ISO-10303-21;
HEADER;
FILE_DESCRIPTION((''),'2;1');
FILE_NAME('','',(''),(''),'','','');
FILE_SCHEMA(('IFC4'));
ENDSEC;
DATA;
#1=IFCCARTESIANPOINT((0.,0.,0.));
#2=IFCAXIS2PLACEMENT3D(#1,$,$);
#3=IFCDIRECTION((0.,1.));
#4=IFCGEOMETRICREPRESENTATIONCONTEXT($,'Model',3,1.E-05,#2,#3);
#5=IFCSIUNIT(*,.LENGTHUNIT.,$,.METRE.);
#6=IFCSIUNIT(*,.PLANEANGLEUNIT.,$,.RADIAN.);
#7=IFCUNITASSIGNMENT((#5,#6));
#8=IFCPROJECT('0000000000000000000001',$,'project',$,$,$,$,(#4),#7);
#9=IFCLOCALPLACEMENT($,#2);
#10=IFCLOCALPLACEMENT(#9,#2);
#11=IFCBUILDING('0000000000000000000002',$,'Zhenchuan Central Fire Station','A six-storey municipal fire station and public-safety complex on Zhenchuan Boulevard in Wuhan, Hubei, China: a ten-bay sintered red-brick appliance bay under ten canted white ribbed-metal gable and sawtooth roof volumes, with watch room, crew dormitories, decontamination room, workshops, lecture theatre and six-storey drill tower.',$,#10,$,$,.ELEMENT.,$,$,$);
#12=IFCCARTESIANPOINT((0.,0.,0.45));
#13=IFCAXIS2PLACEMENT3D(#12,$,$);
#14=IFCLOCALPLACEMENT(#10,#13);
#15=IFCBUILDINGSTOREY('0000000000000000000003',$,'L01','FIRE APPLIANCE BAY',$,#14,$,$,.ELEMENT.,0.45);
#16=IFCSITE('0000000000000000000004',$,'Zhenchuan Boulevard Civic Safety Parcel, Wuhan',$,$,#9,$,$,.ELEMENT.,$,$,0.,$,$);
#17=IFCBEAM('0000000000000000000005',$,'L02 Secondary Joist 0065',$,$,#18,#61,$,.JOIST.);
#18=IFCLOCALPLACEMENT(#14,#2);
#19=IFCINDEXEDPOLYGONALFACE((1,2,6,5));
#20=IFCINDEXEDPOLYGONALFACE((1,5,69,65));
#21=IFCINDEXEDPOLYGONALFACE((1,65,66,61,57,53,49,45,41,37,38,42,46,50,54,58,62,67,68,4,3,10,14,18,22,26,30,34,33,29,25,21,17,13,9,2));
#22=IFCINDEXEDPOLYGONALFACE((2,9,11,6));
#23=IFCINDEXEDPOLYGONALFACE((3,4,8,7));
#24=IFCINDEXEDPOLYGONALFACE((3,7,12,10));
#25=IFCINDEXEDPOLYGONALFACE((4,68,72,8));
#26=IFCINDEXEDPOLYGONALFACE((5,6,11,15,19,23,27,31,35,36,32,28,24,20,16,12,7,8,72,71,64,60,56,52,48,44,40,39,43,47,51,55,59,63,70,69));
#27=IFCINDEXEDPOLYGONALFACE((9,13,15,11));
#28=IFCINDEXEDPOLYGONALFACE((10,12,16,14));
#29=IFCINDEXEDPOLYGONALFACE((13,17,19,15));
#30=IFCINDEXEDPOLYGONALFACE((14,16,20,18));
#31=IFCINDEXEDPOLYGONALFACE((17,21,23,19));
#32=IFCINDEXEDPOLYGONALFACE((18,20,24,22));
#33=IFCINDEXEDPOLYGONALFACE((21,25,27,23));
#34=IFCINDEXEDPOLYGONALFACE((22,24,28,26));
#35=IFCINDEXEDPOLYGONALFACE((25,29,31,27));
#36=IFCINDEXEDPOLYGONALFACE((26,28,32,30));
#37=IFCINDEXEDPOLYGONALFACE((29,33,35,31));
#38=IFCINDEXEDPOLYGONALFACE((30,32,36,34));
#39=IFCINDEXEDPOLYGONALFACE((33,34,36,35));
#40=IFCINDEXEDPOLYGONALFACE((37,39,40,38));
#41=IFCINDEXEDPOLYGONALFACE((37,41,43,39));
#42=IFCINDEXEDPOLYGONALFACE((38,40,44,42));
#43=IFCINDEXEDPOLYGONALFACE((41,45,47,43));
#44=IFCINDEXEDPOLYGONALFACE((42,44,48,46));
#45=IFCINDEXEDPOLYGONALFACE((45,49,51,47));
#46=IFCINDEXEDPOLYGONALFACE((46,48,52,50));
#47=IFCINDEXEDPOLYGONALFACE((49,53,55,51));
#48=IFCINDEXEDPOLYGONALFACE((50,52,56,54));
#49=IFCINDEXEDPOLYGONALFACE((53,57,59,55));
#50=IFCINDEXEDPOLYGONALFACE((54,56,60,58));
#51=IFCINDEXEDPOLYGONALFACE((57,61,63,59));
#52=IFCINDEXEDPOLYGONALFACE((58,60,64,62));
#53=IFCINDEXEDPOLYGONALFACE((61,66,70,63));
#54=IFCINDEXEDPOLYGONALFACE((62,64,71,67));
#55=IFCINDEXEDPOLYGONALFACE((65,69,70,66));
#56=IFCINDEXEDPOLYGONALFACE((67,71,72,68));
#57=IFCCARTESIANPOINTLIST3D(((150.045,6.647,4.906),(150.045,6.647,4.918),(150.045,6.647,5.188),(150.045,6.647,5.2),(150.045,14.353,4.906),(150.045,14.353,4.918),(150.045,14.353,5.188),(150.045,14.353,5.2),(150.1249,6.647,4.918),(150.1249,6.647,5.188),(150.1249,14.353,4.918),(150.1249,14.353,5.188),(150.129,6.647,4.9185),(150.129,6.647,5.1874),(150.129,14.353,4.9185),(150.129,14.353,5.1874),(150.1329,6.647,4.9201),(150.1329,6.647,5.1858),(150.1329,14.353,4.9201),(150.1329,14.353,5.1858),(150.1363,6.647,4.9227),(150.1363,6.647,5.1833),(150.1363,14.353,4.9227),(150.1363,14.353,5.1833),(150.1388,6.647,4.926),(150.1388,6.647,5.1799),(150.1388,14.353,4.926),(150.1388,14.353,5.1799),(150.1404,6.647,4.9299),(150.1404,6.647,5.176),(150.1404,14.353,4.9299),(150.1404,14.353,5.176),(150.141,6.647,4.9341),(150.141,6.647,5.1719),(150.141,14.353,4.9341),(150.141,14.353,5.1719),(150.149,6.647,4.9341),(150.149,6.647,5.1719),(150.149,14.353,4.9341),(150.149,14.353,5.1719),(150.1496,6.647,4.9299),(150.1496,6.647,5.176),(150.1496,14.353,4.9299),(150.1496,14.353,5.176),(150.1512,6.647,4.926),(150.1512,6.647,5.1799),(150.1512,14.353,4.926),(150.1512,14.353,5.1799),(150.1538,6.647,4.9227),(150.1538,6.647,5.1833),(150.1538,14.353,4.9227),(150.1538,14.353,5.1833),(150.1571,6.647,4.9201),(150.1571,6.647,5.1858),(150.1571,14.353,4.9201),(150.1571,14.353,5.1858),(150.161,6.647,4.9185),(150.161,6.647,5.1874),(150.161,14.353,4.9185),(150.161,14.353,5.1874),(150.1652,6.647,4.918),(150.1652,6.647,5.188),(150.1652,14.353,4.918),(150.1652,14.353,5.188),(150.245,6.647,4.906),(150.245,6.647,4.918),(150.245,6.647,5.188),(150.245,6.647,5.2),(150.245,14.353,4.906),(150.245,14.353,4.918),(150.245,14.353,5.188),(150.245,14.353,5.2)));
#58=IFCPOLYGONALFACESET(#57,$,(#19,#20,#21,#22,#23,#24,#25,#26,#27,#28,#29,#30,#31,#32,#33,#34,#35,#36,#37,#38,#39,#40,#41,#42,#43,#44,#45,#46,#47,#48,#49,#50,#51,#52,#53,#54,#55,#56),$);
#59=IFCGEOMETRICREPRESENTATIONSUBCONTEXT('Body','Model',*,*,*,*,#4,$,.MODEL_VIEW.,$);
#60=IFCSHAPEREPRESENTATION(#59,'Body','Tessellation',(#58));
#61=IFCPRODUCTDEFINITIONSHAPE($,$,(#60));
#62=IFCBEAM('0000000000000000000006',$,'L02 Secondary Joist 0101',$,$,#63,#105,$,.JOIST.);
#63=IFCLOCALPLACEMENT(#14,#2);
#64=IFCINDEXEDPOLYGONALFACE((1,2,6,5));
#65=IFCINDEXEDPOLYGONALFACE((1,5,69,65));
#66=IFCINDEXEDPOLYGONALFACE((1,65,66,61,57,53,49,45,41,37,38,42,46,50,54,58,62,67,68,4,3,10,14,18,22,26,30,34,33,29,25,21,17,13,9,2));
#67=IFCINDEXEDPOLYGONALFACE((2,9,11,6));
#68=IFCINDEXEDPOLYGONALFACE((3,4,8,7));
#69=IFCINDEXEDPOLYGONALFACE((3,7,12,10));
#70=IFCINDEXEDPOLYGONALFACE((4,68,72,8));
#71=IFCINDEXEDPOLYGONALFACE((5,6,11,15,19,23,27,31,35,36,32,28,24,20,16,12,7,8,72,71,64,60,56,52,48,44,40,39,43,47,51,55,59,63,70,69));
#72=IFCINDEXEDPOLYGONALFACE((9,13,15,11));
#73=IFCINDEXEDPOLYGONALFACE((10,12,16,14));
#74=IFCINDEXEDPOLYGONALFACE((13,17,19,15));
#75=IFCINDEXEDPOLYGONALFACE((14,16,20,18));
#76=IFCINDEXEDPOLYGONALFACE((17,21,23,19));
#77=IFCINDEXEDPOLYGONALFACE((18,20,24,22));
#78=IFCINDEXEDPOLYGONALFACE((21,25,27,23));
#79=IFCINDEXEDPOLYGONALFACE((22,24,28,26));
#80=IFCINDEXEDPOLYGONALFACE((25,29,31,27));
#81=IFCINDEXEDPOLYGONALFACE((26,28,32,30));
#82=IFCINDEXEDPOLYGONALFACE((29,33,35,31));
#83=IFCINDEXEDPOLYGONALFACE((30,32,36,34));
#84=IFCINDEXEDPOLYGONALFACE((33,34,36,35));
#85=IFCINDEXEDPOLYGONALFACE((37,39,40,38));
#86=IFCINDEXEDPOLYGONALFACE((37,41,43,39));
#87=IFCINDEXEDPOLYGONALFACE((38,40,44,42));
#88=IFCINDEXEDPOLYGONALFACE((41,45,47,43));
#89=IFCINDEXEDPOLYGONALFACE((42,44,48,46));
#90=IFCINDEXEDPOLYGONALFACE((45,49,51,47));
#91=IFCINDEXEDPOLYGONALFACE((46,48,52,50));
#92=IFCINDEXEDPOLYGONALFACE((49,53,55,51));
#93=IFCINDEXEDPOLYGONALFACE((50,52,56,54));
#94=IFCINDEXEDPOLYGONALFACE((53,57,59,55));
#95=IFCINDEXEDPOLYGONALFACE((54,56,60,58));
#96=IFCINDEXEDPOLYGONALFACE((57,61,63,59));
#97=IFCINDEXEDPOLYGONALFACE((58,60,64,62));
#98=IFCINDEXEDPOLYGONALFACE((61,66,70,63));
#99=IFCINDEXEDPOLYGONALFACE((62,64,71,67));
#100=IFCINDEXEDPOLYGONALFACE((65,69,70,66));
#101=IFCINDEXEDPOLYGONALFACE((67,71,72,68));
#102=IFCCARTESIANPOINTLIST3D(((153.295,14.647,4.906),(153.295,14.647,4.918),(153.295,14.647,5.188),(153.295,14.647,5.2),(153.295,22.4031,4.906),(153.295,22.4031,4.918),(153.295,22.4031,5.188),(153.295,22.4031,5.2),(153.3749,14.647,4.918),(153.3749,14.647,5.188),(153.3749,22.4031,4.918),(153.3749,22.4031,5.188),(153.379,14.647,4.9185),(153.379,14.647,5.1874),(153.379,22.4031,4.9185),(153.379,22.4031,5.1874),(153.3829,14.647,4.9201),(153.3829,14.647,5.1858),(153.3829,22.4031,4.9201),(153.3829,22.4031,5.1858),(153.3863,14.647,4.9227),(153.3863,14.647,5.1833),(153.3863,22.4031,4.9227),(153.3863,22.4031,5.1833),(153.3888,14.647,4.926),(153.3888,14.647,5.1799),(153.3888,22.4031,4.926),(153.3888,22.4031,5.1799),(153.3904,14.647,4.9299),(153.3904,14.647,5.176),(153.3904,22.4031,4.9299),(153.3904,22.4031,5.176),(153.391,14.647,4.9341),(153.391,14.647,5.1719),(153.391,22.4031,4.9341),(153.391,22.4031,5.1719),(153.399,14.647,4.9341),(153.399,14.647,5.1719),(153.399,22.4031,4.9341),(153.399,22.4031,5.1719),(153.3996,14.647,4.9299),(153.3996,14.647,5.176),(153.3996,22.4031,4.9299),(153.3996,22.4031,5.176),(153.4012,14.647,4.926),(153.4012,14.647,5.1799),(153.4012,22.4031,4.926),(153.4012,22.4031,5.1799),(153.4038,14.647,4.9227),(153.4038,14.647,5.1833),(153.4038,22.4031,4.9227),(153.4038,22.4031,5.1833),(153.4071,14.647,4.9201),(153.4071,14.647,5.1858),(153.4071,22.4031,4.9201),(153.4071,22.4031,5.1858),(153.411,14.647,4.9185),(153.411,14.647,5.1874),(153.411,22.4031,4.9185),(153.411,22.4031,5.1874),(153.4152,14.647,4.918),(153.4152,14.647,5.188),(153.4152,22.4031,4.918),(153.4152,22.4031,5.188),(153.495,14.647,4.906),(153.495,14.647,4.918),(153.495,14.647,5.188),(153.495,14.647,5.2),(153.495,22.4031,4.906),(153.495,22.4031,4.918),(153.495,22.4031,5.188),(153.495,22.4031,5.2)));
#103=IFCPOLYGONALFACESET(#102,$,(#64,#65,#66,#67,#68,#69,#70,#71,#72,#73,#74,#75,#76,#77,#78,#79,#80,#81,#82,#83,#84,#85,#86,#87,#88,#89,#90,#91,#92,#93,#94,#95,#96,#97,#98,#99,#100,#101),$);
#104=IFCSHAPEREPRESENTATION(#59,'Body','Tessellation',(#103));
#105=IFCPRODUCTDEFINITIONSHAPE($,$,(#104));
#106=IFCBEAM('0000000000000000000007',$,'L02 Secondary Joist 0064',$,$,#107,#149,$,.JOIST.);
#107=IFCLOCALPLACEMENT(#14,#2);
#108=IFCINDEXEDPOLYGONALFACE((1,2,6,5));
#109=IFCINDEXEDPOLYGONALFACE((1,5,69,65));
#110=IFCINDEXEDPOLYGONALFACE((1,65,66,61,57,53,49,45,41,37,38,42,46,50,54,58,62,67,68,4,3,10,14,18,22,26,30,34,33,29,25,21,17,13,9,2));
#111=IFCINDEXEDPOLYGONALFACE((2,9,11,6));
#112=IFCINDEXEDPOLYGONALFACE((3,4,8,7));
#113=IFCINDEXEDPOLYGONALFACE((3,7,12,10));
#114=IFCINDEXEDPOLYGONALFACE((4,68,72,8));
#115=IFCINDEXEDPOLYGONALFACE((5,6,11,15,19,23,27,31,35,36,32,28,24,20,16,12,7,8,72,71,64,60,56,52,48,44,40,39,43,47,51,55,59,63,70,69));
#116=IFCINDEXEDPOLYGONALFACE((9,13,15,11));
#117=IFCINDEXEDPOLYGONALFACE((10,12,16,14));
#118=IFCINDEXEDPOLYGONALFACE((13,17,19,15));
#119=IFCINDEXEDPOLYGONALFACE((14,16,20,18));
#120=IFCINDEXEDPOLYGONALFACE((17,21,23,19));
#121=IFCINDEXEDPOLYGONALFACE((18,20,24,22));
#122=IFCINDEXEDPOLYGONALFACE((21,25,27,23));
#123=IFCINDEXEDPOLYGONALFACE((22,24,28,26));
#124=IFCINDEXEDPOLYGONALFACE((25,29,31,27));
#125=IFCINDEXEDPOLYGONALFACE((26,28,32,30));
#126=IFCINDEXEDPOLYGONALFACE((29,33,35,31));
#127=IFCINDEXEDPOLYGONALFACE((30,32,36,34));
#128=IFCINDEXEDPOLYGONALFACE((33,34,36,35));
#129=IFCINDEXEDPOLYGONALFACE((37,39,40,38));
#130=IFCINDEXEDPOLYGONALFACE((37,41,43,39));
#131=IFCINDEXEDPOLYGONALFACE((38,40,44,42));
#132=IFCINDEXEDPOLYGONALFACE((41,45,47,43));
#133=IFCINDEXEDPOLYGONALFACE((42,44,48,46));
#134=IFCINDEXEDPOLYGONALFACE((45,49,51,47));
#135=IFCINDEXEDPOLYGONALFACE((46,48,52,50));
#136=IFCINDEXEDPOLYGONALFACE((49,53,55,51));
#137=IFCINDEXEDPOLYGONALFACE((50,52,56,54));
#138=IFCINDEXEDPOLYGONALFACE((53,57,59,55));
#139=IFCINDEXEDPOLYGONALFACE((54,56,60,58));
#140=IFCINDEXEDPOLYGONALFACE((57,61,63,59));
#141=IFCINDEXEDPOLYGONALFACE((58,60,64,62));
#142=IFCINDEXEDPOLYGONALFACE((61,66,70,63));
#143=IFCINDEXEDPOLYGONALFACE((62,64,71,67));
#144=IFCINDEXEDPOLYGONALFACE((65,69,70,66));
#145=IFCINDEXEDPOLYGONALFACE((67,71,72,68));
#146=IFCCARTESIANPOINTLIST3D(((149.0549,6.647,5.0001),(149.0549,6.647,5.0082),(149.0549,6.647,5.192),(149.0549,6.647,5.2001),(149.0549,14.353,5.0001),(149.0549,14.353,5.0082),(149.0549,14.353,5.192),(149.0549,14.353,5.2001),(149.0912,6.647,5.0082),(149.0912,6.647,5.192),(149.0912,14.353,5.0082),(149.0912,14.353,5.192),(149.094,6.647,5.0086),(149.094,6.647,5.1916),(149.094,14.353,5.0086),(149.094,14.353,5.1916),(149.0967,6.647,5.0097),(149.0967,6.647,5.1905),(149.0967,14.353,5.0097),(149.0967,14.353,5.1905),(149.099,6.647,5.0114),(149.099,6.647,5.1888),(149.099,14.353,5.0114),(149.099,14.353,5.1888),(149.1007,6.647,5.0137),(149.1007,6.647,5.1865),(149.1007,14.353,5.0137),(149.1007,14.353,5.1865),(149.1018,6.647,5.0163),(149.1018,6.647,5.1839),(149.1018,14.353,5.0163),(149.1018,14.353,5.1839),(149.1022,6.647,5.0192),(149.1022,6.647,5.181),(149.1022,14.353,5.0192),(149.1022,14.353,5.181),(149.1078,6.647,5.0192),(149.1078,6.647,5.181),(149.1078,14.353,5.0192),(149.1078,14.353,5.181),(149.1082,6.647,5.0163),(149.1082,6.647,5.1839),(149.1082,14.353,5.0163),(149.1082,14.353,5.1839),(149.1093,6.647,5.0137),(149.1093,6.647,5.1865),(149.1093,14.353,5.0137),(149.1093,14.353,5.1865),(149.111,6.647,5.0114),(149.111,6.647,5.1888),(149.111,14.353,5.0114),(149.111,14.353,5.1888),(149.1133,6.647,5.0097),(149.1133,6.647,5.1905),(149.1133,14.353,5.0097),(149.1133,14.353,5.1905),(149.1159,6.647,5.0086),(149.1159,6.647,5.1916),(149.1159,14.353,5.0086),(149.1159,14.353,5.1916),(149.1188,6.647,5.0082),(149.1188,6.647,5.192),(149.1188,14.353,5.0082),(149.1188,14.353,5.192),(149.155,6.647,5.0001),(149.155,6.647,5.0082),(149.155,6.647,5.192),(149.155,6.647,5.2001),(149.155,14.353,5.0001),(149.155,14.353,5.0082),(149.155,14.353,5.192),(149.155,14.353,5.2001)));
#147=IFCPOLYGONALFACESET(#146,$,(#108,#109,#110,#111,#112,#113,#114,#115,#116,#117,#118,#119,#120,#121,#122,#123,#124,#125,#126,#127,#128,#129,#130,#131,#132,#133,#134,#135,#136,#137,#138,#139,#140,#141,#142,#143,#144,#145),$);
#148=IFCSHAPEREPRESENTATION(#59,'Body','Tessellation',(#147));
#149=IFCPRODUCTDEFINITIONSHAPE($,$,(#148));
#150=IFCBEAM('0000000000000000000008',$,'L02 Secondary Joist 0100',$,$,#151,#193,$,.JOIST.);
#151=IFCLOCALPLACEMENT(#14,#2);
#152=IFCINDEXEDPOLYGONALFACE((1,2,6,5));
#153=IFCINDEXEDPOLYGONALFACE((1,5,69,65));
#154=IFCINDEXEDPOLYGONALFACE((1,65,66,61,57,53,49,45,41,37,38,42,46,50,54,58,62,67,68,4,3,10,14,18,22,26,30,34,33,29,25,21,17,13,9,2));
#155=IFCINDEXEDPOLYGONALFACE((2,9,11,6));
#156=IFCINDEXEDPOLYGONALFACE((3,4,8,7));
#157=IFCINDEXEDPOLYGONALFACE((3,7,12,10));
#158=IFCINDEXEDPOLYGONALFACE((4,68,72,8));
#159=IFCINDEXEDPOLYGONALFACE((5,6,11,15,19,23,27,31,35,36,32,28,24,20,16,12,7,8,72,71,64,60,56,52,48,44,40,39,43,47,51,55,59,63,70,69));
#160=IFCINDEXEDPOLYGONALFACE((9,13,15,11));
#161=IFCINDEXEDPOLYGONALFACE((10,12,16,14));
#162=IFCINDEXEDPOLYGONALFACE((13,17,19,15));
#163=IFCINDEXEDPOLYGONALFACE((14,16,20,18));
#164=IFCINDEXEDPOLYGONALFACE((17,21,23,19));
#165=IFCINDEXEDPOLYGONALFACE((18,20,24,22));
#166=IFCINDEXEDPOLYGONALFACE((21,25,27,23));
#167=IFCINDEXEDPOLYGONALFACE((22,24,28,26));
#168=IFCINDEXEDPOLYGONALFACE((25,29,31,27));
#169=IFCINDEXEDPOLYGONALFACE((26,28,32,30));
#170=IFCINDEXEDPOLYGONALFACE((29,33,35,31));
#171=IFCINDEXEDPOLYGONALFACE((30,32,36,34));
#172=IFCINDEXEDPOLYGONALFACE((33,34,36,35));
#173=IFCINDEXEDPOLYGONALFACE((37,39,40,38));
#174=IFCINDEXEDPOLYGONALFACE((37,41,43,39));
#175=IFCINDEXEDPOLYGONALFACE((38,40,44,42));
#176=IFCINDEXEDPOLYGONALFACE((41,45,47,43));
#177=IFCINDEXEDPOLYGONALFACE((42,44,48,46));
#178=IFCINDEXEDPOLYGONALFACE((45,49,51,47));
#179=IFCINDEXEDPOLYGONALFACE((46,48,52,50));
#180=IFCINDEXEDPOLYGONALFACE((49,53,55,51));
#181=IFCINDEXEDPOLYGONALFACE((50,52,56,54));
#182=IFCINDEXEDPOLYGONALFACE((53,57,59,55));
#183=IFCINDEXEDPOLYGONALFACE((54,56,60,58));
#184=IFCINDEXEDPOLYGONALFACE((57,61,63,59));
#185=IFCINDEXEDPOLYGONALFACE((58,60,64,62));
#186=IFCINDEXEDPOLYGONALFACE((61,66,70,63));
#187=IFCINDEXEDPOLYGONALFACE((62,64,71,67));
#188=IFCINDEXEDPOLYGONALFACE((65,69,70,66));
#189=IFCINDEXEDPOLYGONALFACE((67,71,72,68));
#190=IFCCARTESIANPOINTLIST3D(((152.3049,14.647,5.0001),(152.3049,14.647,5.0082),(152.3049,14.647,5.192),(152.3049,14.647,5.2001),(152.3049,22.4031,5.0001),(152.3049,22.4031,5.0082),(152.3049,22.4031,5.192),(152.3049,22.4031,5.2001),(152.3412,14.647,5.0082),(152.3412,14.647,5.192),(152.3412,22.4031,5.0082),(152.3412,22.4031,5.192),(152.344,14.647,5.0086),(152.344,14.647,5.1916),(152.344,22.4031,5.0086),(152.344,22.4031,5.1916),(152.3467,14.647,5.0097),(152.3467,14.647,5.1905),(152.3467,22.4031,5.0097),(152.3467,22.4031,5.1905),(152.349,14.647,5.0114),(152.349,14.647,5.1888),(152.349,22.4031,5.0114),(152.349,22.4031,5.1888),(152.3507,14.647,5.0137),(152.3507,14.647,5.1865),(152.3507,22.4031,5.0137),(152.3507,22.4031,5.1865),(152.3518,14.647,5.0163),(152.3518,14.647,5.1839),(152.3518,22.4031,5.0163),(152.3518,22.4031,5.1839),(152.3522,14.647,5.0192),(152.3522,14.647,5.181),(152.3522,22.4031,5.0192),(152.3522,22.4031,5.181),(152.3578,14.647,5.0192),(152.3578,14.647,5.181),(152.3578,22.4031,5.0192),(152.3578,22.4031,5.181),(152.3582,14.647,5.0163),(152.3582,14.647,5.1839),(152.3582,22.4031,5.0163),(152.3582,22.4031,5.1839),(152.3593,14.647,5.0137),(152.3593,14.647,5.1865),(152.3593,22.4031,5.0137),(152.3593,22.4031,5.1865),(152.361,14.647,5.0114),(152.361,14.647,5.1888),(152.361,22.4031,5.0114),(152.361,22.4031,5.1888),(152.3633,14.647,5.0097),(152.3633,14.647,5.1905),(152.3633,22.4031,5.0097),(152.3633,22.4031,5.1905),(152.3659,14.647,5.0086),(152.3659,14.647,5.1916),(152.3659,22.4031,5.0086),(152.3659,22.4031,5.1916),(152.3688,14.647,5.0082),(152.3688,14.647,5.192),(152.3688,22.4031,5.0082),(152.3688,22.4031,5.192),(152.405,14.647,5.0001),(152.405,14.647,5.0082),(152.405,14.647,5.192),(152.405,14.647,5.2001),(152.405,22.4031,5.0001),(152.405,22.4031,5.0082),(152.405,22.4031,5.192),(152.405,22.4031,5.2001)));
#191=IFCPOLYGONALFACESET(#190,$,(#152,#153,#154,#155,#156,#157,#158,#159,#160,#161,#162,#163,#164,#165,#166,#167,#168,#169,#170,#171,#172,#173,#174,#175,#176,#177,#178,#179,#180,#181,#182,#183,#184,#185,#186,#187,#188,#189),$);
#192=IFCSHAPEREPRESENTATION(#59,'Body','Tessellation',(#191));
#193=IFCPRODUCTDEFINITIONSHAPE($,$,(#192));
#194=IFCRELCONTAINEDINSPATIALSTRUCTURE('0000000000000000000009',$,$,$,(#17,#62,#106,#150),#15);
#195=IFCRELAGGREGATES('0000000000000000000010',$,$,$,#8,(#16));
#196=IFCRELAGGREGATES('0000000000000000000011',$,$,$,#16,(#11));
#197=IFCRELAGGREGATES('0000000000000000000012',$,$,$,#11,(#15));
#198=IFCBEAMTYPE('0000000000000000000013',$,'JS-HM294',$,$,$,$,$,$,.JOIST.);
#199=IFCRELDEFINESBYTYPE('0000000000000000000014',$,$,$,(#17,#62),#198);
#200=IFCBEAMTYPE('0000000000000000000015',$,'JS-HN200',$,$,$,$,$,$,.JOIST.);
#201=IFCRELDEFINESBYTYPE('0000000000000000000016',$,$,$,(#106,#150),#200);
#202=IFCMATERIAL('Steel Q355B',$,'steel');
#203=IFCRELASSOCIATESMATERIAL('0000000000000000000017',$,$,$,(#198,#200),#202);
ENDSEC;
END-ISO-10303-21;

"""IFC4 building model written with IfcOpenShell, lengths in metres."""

from ifc_helpers import new_model, si_unit, direction, frame, origin, origin_2d, place, context, subcontext, project, spatial, i_section, extrude, material, material_profile, profile_set, type_object, element, save


model = new_model("IFC4")

# Units and contexts
model_context = context("Model", 3, precision=1e-05, world=origin(), true_north=direction((0.0, 1.0)))
body_context = subcontext(model_context, "Body", "Model", "MODEL_VIEW")
ifc_project = project(units=[si_unit("LENGTHUNIT", "METRE"), si_unit("PLANEANGLEUNIT", "RADIAN")], contexts=[model_context])

# Site, building, storey
site_placement = place(None, origin())
site = spatial("IfcSite", under=ifc_project, at=site_placement, Name="Zhenchuan Boulevard Civic Safety Parcel, Wuhan", CompositionType="ELEMENT", RefElevation=0.0)
building_placement = place(site_placement, origin())
building = spatial("IfcBuilding", under=site, at=building_placement, Name="Zhenchuan Central Fire Station", Description="A six-storey municipal fire station and public-safety complex on Zhenchuan Boulevard in Wuhan, Hubei, China: a ten-bay sintered red-brick appliance bay under ten canted white ribbed-metal gable and sawtooth roof volumes, with watch room, crew dormitories, decontamination room, workshops, lecture theatre and six-storey drill tower.", CompositionType="ELEMENT")
storey_placement = place(building_placement, frame((0.0, 0.0, 0.45)))
storey = spatial("IfcBuildingStorey", under=building, at=storey_placement, Name="L01", Description="FIRE APPLIANCE BAY", CompositionType="ELEMENT", Elevation=0.45)

# Shared definitions
ifc_material_1 = material(Name="Steel Q355B", Category="steel")

# Beams
ifc_material_profile_1 = material_profile(ifc_material_1, i_section(OverallWidth=0.2, OverallDepth=0.2939, WebThickness=0.0081, FlangeThickness=0.012, FilletRadius=0.0161, at=origin_2d()), Name="HM 294x200")
ifc_profile_set_1 = profile_set([ifc_material_profile_1], Name="Steel Q355B")
beam_type_1 = type_object("IfcBeamType", Name="JS-HM294", PredefinedType="JOIST", material=ifc_profile_set_1)
beam_1_placement = place(storey_placement, frame((150.145, 6.647, 5.053), z_axis=(0.0, 1.0, 0.0), x_axis=(-1.0, 0.0, 0.0)))
element("IfcBeam", 1, at=beam_1_placement, inside=storey, type_object=beam_type_1, Name="L02 Secondary Joist 0065", PredefinedType="JOIST", context=body_context, shape_type="SweptSolid", body=[
    extrude(i_section(OverallWidth=0.2, OverallDepth=0.2939, WebThickness=0.0081, FlangeThickness=0.012, FilletRadius=0.0161, at=origin_2d()), origin(), (0.0, 0.0, 1.0), 7.7061),
])
beam_2_placement = place(storey_placement, frame((153.395, 14.647, 5.053), z_axis=(0.0, 1.0, 0.0), x_axis=(-1.0, 0.0, 0.0)))
element("IfcBeam", 2, at=beam_2_placement, inside=storey, type_object=beam_type_1, Name="L02 Secondary Joist 0101", PredefinedType="JOIST", context=body_context, shape_type="SweptSolid", body=[
    extrude(i_section(OverallWidth=0.2, OverallDepth=0.2939, WebThickness=0.0081, FlangeThickness=0.012, FilletRadius=0.0161, at=origin_2d()), origin(), (0.0, 0.0, 1.0), 7.7561),
])
ifc_material_profile_2 = material_profile(ifc_material_1, i_section(OverallWidth=0.1001, OverallDepth=0.2, WebThickness=0.0056, FlangeThickness=0.0081, FilletRadius=0.011, at=origin_2d()), Name="HN 200x100")
ifc_profile_set_2 = profile_set([ifc_material_profile_2], Name="Steel Q355B")
beam_type_2 = type_object("IfcBeamType", Name="JS-HN200", PredefinedType="JOIST", material=ifc_profile_set_2)
beam_3_placement = place(storey_placement, frame((149.105, 6.647, 5.1001), z_axis=(0.0, 1.0, 0.0), x_axis=(-1.0, 0.0, 0.0)))
element("IfcBeam", 3, at=beam_3_placement, inside=storey, type_object=beam_type_2, Name="L02 Secondary Joist 0064", PredefinedType="JOIST", context=body_context, shape_type="SweptSolid", body=[
    extrude(i_section(OverallWidth=0.1001, OverallDepth=0.2, WebThickness=0.0056, FlangeThickness=0.0081, FilletRadius=0.011, at=origin_2d()), origin(), (0.0, 0.0, 1.0), 7.7061),
])
beam_4_placement = place(storey_placement, frame((152.355, 14.647, 5.1001), z_axis=(0.0, 1.0, 0.0), x_axis=(-1.0, 0.0, 0.0)))
element("IfcBeam", 4, at=beam_4_placement, inside=storey, type_object=beam_type_2, Name="L02 Secondary Joist 0100", PredefinedType="JOIST", context=body_context, shape_type="SweptSolid", body=[
    extrude(i_section(OverallWidth=0.1001, OverallDepth=0.2, WebThickness=0.0056, FlangeThickness=0.0081, FilletRadius=0.011, at=origin_2d()), origin(), (0.0, 0.0, 1.0), 7.7561),
])

save(model, "model.ifc")
